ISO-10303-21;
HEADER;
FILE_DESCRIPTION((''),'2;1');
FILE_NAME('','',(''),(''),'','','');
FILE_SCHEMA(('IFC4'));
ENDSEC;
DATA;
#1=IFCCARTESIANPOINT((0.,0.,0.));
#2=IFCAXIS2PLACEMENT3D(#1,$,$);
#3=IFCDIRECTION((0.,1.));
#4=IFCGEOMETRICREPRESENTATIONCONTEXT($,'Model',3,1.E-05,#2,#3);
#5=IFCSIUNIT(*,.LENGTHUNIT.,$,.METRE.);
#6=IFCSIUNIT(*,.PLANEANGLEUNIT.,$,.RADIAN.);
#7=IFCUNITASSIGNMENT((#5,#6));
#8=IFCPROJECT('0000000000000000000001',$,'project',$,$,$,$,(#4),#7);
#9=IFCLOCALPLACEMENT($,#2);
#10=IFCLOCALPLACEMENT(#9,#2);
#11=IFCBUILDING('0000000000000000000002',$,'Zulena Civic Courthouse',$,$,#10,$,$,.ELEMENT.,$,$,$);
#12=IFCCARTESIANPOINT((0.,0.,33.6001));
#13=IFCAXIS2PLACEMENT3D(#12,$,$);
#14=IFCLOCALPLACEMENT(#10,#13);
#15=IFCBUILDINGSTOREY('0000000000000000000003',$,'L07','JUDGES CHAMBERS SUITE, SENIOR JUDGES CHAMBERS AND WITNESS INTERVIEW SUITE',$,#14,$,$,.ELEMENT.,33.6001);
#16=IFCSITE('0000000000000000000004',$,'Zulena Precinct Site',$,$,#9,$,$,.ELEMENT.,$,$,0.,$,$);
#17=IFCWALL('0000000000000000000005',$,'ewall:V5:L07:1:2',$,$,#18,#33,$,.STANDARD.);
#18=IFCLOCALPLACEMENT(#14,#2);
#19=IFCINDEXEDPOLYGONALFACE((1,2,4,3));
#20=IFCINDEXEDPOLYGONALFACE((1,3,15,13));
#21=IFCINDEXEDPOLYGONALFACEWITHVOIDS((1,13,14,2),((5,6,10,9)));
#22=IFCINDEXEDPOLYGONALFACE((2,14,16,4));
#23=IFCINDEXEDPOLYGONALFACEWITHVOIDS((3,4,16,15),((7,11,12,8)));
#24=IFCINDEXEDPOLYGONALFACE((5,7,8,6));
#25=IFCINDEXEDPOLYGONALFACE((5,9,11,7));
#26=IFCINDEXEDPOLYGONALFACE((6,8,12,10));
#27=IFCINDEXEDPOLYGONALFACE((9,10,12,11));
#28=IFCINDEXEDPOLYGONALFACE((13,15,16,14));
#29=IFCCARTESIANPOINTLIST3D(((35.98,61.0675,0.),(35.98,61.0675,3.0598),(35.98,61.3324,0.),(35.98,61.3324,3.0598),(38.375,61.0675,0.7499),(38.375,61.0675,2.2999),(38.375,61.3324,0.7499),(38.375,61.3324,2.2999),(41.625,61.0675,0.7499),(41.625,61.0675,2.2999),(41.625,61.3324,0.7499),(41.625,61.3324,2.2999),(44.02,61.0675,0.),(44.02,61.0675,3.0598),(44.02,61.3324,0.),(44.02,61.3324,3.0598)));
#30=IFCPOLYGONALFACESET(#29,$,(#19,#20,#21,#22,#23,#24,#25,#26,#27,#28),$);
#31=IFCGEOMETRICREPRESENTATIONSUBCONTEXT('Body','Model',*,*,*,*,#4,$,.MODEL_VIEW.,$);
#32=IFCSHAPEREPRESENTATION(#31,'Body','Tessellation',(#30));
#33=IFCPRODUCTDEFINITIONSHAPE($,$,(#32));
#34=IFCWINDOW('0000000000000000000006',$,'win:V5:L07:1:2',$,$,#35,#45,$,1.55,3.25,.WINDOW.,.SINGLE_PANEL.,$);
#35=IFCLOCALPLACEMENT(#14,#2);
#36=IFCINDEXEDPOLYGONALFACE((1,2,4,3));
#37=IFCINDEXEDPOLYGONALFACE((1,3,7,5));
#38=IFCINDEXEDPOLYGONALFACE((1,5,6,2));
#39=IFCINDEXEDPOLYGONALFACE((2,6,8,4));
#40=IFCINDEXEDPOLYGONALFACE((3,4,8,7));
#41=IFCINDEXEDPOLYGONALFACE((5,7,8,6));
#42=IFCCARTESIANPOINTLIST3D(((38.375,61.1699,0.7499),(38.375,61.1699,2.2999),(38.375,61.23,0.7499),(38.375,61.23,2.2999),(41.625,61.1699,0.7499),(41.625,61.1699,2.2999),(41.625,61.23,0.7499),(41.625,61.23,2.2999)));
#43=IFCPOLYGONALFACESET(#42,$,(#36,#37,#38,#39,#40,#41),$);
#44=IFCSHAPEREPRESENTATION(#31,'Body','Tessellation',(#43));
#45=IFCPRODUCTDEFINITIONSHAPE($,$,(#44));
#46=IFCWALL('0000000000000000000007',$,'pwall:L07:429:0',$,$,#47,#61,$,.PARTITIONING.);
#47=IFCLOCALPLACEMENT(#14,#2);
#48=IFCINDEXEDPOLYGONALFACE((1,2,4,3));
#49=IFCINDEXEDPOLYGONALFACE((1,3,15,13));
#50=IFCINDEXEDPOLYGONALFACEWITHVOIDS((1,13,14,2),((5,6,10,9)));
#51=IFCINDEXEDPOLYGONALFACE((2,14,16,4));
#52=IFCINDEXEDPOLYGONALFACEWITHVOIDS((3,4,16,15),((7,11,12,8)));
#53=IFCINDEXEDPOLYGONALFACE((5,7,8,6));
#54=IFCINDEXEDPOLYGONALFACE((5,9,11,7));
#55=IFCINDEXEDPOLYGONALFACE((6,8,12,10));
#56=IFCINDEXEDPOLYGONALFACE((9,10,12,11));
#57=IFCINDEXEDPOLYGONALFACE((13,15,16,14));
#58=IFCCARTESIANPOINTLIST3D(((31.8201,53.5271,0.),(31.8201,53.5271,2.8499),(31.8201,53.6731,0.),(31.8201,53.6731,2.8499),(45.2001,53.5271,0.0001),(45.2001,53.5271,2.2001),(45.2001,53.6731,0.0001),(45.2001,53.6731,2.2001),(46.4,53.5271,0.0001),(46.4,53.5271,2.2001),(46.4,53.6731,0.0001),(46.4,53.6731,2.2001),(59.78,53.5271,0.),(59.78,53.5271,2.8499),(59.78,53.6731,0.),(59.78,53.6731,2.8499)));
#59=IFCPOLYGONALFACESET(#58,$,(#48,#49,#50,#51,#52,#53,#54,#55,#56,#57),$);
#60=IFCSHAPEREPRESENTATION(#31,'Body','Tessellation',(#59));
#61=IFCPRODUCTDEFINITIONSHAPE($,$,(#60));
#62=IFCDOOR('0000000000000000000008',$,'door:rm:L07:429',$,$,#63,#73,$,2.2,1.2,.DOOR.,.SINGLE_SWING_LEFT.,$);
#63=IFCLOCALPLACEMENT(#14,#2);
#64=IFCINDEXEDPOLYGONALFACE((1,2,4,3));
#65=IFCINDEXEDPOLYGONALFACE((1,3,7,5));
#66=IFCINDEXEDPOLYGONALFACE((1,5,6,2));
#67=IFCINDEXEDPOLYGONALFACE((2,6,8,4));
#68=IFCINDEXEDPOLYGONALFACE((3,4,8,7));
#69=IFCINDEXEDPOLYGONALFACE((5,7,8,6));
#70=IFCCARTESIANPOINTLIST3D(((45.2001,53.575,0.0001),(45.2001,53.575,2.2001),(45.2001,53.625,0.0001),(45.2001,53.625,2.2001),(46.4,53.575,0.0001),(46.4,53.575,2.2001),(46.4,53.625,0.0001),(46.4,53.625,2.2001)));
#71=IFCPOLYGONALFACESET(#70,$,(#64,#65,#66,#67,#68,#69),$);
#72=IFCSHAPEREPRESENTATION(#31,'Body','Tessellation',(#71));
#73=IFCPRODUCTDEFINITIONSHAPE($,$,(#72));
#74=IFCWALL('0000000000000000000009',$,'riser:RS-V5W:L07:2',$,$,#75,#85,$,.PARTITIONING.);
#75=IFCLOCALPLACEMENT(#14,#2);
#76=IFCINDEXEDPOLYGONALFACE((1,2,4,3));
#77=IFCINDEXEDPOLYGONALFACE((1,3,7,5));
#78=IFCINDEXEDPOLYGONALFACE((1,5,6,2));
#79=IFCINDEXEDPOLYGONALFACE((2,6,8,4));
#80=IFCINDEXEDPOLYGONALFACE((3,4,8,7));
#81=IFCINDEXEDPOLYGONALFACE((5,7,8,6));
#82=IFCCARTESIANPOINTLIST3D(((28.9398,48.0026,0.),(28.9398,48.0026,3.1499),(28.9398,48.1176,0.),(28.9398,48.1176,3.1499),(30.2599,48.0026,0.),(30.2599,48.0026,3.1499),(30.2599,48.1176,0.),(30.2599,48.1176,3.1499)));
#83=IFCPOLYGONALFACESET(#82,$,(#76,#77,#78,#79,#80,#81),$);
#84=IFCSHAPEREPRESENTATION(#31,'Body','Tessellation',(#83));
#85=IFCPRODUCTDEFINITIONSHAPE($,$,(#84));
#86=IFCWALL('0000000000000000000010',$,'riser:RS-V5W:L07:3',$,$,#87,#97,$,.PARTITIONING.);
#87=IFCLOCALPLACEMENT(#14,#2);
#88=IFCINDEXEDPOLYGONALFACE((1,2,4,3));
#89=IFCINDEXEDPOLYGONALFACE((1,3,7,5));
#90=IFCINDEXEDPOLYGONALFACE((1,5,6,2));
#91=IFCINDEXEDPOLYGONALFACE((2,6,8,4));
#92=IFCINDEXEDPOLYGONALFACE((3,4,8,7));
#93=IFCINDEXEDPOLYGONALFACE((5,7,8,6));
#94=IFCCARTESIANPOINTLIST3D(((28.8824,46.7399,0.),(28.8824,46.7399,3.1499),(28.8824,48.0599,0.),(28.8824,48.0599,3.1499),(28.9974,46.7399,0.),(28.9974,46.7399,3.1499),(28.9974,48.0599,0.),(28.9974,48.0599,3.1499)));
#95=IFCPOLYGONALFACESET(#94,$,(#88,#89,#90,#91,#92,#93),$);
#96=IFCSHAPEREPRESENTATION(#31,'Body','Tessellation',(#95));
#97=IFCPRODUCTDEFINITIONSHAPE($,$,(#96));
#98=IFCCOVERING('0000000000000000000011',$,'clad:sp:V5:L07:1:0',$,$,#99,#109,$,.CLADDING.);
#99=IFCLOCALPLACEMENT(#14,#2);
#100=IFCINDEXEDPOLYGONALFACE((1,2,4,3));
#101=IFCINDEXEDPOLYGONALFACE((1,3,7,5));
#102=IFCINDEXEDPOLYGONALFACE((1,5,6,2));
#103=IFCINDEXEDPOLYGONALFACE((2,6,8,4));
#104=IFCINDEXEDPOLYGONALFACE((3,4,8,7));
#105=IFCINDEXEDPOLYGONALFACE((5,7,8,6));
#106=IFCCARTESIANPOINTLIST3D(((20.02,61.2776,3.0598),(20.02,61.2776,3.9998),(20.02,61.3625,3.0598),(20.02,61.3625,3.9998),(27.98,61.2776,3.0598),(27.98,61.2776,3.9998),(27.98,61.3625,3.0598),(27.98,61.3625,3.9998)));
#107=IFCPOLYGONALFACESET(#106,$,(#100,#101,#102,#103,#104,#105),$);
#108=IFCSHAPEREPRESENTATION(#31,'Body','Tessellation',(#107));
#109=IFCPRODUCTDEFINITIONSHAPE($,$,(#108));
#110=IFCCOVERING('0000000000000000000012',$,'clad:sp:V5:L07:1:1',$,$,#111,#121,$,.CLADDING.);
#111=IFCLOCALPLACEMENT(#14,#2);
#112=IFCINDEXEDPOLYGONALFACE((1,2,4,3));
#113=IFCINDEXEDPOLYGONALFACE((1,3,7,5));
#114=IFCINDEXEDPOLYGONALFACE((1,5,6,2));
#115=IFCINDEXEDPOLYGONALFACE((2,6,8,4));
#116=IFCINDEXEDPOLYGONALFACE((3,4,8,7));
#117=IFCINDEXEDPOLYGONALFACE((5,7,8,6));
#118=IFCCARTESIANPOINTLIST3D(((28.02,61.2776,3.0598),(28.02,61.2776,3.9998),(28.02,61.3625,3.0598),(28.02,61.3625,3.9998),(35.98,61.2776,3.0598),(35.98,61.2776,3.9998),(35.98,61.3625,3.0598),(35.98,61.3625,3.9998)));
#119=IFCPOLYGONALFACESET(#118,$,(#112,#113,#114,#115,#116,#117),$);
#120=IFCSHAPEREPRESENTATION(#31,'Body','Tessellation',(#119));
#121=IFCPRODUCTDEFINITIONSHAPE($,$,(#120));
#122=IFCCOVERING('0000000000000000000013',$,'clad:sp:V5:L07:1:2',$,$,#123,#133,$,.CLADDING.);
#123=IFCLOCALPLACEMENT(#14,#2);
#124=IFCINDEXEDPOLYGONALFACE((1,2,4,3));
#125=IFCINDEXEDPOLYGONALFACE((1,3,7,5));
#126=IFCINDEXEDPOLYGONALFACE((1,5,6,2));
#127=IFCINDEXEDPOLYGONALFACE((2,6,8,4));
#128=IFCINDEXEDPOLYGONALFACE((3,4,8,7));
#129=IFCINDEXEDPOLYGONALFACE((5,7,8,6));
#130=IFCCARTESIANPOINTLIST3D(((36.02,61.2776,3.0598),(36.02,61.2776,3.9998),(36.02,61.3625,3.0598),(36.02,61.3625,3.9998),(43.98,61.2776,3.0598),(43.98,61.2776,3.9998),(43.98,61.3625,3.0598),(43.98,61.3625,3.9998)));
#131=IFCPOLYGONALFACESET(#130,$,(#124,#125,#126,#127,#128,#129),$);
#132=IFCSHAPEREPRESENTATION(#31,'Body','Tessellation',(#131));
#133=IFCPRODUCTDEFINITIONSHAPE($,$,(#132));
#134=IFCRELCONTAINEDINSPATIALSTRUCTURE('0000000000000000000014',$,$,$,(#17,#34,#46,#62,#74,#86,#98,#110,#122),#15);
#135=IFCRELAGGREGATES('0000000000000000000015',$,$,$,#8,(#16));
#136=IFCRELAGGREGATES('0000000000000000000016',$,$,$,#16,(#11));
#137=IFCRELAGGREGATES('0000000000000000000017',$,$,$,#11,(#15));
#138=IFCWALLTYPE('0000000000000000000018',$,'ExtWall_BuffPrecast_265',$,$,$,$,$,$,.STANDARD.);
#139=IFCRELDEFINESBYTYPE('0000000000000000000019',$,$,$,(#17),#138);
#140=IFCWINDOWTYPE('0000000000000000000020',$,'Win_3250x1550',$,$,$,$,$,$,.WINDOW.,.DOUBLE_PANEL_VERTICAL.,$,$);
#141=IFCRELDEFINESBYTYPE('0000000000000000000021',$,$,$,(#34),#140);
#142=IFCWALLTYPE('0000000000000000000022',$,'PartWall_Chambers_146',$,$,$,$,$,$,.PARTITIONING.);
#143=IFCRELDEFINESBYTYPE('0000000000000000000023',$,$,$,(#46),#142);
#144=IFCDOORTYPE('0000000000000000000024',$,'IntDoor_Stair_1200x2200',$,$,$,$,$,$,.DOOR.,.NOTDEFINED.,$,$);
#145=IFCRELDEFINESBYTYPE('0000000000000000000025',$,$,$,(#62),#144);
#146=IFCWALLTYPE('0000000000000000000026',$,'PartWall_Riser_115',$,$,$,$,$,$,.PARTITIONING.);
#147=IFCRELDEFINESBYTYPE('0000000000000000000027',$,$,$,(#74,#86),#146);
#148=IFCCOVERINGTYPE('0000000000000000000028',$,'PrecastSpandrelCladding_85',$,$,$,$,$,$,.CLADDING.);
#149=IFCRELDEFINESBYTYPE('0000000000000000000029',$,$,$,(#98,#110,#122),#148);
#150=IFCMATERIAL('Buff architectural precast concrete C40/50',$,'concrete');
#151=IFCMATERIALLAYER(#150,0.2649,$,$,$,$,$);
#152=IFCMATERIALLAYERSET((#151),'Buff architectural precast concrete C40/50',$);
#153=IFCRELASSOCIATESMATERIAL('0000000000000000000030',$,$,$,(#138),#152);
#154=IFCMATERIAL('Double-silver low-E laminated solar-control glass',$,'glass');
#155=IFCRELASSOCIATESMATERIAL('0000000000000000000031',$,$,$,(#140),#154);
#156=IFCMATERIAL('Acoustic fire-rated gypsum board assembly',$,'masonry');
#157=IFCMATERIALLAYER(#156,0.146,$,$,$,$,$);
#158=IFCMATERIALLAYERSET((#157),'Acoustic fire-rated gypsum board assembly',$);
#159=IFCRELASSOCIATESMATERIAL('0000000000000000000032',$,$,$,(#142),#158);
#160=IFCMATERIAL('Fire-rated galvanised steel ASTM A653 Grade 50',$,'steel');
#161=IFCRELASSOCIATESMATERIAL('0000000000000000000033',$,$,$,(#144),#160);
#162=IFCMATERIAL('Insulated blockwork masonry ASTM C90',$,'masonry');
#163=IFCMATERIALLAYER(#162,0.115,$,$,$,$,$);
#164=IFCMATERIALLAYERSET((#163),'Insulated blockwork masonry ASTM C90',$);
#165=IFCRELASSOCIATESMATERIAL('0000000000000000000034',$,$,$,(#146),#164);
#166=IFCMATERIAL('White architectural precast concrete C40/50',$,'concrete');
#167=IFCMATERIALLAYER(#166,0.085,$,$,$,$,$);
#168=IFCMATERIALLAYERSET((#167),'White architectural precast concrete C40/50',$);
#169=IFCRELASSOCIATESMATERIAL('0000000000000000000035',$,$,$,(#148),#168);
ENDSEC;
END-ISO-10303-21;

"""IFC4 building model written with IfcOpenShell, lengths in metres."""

from ifc_helpers import new_model, si_unit, direction, frame, frame_2d, origin, origin_2d, place, context, subcontext, project, spatial, rectangle, extrude, material, layer, layer_set, type_object, element, fill, save


model = new_model("IFC4")

# Units and contexts
model_context = context("Model", 3, precision=1e-05, world=origin(), true_north=direction((0.0, 1.0)))
body_context = subcontext(model_context, "Body", "Model", "MODEL_VIEW")
ifc_project = project(units=[si_unit("LENGTHUNIT", "METRE"), si_unit("PLANEANGLEUNIT", "RADIAN")], contexts=[model_context])

# Site, building, storey
site_placement = place(None, origin())
site = spatial("IfcSite", under=ifc_project, at=site_placement, Name="Zulena Precinct Site", CompositionType="ELEMENT", RefElevation=0.0)
building_placement = place(site_placement, origin())
building = spatial("IfcBuilding", under=site, at=building_placement, Name="Zulena Civic Courthouse", CompositionType="ELEMENT")
storey_placement = place(building_placement, frame((0.0, 0.0, 33.6001)))
storey = spatial("IfcBuildingStorey", under=building, at=storey_placement, Name="L07", Description="JUDGES CHAMBERS SUITE, SENIOR JUDGES CHAMBERS AND WITNESS INTERVIEW SUITE", CompositionType="ELEMENT", Elevation=33.6001)

# Shared definitions
ifc_material_1 = material(Name="Fire-rated galvanised steel ASTM A653 Grade 50", Category="steel")

# Wall, opening, window
ifc_material_2 = material(Name="Buff architectural precast concrete C40/50", Category="concrete")
ifc_layer_1 = layer(ifc_material_2, 0.2649)
ifc_layer_set_1 = layer_set([ifc_layer_1], Name="Buff architectural precast concrete C40/50")
wall_type_1 = type_object("IfcWallType", Name="ExtWall_BuffPrecast_265", PredefinedType="STANDARD", material=ifc_layer_set_1)
ifc_material_3 = material(Name="Double-silver low-E laminated solar-control glass", Category="glass")
wall_1_placement = place(storey_placement, frame((35.98, 61.2, 0.0), z_axis=(0.0, 0.0, 1.0), x_axis=(1.0, 0.0, 0.0)))
wall_1 = element("IfcWall", 1, at=wall_1_placement, inside=storey, type_object=wall_type_1, Name="ewall:V5:L07:1:2", PredefinedType="STANDARD", context=body_context, shape_type="SweptSolid", body=[
    extrude(rectangle(XDim=8.04, YDim=0.2649, at=frame_2d((4.02, 0.0))), origin(), (0.0, 0.0, 1.0), 3.0598),
])
opening_1_placement = place(wall_1_placement, frame((2.395, 0.0, 0.75)))
opening_1 = element("IfcOpeningElement", 2, at=opening_1_placement, cuts=wall_1, PredefinedType="OPENING", context=body_context, shape_type="SweptSolid", body=[
    extrude(rectangle(XDim=3.25, YDim=1.55, at=frame_2d((1.625, 0.7749))), frame((0.0, 0.1423, 0.0), z_axis=(0.0, -1.0, 0.0), x_axis=(1.0, 0.0, 0.0)), (0.0, 0.0, 1.0), 0.2849),
])
window_type_1 = type_object("IfcWindowType", Name="Win_3250x1550", PartitioningType="DOUBLE_PANEL_VERTICAL", PredefinedType="WINDOW", material=ifc_material_3)
window_1_placement = place(opening_1_placement, origin())
window_1 = element("IfcWindow", 3, at=window_1_placement, inside=storey, type_object=window_type_1, Name="win:V5:L07:1:2", OverallHeight=1.55, OverallWidth=3.25, PartitioningType="SINGLE_PANEL", PredefinedType="WINDOW", context=body_context, shape_type="SweptSolid", body=[
    extrude(rectangle(XDim=3.25, YDim=1.55, at=frame_2d((1.625, 0.7749))), frame((0.0, 0.03, 0.0), z_axis=(0.0, -1.0, 0.0), x_axis=(1.0, 0.0, 0.0)), (0.0, 0.0, 1.0), 0.0601),
])
fill(opening_1, window_1)

# Wall, opening, door
ifc_material_4 = material(Name="Acoustic fire-rated gypsum board assembly", Category="masonry")
ifc_layer_2 = layer(ifc_material_4, 0.146)
ifc_layer_set_2 = layer_set([ifc_layer_2], Name="Acoustic fire-rated gypsum board assembly")
wall_type_2 = type_object("IfcWallType", Name="PartWall_Chambers_146", PredefinedType="PARTITIONING", material=ifc_layer_set_2)
wall_2_placement = place(storey_placement, frame((31.8201, 53.6001, 0.0), z_axis=(0.0, 0.0, 1.0), x_axis=(1.0, 0.0, 0.0)))
wall_2 = element("IfcWall", 4, at=wall_2_placement, inside=storey, type_object=wall_type_2, Name="pwall:L07:429:0", PredefinedType="PARTITIONING", context=body_context, shape_type="SweptSolid", body=[
    extrude(rectangle(XDim=27.96, YDim=0.146, at=frame_2d((13.98, 0.0))), origin(), (0.0, 0.0, 1.0), 2.8499),
])
opening_2_placement = place(wall_2_placement, frame((13.3799, 0.0, 0.0)))
opening_2 = element("IfcOpeningElement", 5, at=opening_2_placement, cuts=wall_2, PredefinedType="OPENING", context=body_context, shape_type="SweptSolid", body=[
    extrude(rectangle(XDim=1.2, YDim=2.2, at=frame_2d((0.6001, 1.1001))), frame((0.0, 0.083, 0.0), z_axis=(0.0, -1.0, 0.0), x_axis=(1.0, 0.0, 0.0)), (0.0, 0.0, 1.0), 0.166),
])
door_type_1 = type_object("IfcDoorType", Name="IntDoor_Stair_1200x2200", OperationType="NOTDEFINED", PredefinedType="DOOR", material=ifc_material_1)
door_1_placement = place(opening_2_placement, origin())
door_1 = element("IfcDoor", 6, at=door_1_placement, inside=storey, type_object=door_type_1, Name="door:rm:L07:429", OperationType="SINGLE_SWING_LEFT", OverallHeight=2.2, OverallWidth=1.2, PredefinedType="DOOR", context=body_context, shape_type="SweptSolid", body=[
    extrude(rectangle(XDim=1.2, YDim=2.2, at=frame_2d((0.6001, 1.1001))), frame((0.0, 0.0249, 0.0), z_axis=(0.0, -1.0, 0.0), x_axis=(1.0, 0.0, 0.0)), (0.0, 0.0, 1.0), 0.05),
])
fill(opening_2, door_1)

# Walls
ifc_material_5 = material(Name="Insulated blockwork masonry ASTM C90", Category="masonry")
ifc_layer_3 = layer(ifc_material_5, 0.115)
ifc_layer_set_3 = layer_set([ifc_layer_3], Name="Insulated blockwork masonry ASTM C90")
wall_type_3 = type_object("IfcWallType", Name="PartWall_Riser_115", PredefinedType="PARTITIONING", material=ifc_layer_set_3)
for number, where, z_axis, x_axis, name in (
    (7, (30.26, 48.0601, 0.0), (0.0, 0.0, 1.0), (-1.0, 0.0, 0.0), "riser:RS-V5W:L07:2"),
    (8, (28.9399, 48.0601, 0.0), (0.0, 0.0, 1.0), (0.0, -1.0, 0.0), "riser:RS-V5W:L07:3"),
):
    element("IfcWall", number, at=place(storey_placement, frame(where, z_axis=z_axis, x_axis=x_axis)), inside=storey, type_object=wall_type_3, Name=name, PredefinedType="PARTITIONING", context=body_context, shape_type="SweptSolid", body=[
        extrude(rectangle(XDim=1.3201, YDim=0.115, at=frame_2d((0.6602, 0.0))), origin(), (0.0, 0.0, 1.0), 3.1499),
    ])

# Coverings
ifc_material_6 = material(Name="White architectural precast concrete C40/50", Category="concrete")
ifc_layer_4 = layer(ifc_material_6, 0.085)
ifc_layer_set_4 = layer_set([ifc_layer_4], Name="White architectural precast concrete C40/50")
covering_type = type_object("IfcCoveringType", Name="PrecastSpandrelCladding_85", PredefinedType="CLADDING", material=ifc_layer_set_4)
for number, where, z_axis, x_axis, name in (
    (9, (24.0, 61.3201, 3.0598), (0.0, 0.0, 1.0), (1.0, 0.0, 0.0), "clad:sp:V5:L07:1:0"),
    (10, (32.0, 61.3201, 3.0598), (0.0, 0.0, 1.0), (1.0, 0.0, 0.0), "clad:sp:V5:L07:1:1"),
    (11, (40.0, 61.3201, 3.0598), (0.0, 0.0, 1.0), (1.0, 0.0, 0.0), "clad:sp:V5:L07:1:2"),
):
    element("IfcCovering", number, at=place(storey_placement, frame(where, z_axis=z_axis, x_axis=x_axis)), inside=storey, type_object=covering_type, Name=name, PredefinedType="CLADDING", context=body_context, shape_type="SweptSolid", body=[
        extrude(rectangle(XDim=7.96, YDim=0.085, at=origin_2d()), origin(), (0.0, 0.0, 1.0), 0.9399),
    ])

save(model, "model.ifc")
